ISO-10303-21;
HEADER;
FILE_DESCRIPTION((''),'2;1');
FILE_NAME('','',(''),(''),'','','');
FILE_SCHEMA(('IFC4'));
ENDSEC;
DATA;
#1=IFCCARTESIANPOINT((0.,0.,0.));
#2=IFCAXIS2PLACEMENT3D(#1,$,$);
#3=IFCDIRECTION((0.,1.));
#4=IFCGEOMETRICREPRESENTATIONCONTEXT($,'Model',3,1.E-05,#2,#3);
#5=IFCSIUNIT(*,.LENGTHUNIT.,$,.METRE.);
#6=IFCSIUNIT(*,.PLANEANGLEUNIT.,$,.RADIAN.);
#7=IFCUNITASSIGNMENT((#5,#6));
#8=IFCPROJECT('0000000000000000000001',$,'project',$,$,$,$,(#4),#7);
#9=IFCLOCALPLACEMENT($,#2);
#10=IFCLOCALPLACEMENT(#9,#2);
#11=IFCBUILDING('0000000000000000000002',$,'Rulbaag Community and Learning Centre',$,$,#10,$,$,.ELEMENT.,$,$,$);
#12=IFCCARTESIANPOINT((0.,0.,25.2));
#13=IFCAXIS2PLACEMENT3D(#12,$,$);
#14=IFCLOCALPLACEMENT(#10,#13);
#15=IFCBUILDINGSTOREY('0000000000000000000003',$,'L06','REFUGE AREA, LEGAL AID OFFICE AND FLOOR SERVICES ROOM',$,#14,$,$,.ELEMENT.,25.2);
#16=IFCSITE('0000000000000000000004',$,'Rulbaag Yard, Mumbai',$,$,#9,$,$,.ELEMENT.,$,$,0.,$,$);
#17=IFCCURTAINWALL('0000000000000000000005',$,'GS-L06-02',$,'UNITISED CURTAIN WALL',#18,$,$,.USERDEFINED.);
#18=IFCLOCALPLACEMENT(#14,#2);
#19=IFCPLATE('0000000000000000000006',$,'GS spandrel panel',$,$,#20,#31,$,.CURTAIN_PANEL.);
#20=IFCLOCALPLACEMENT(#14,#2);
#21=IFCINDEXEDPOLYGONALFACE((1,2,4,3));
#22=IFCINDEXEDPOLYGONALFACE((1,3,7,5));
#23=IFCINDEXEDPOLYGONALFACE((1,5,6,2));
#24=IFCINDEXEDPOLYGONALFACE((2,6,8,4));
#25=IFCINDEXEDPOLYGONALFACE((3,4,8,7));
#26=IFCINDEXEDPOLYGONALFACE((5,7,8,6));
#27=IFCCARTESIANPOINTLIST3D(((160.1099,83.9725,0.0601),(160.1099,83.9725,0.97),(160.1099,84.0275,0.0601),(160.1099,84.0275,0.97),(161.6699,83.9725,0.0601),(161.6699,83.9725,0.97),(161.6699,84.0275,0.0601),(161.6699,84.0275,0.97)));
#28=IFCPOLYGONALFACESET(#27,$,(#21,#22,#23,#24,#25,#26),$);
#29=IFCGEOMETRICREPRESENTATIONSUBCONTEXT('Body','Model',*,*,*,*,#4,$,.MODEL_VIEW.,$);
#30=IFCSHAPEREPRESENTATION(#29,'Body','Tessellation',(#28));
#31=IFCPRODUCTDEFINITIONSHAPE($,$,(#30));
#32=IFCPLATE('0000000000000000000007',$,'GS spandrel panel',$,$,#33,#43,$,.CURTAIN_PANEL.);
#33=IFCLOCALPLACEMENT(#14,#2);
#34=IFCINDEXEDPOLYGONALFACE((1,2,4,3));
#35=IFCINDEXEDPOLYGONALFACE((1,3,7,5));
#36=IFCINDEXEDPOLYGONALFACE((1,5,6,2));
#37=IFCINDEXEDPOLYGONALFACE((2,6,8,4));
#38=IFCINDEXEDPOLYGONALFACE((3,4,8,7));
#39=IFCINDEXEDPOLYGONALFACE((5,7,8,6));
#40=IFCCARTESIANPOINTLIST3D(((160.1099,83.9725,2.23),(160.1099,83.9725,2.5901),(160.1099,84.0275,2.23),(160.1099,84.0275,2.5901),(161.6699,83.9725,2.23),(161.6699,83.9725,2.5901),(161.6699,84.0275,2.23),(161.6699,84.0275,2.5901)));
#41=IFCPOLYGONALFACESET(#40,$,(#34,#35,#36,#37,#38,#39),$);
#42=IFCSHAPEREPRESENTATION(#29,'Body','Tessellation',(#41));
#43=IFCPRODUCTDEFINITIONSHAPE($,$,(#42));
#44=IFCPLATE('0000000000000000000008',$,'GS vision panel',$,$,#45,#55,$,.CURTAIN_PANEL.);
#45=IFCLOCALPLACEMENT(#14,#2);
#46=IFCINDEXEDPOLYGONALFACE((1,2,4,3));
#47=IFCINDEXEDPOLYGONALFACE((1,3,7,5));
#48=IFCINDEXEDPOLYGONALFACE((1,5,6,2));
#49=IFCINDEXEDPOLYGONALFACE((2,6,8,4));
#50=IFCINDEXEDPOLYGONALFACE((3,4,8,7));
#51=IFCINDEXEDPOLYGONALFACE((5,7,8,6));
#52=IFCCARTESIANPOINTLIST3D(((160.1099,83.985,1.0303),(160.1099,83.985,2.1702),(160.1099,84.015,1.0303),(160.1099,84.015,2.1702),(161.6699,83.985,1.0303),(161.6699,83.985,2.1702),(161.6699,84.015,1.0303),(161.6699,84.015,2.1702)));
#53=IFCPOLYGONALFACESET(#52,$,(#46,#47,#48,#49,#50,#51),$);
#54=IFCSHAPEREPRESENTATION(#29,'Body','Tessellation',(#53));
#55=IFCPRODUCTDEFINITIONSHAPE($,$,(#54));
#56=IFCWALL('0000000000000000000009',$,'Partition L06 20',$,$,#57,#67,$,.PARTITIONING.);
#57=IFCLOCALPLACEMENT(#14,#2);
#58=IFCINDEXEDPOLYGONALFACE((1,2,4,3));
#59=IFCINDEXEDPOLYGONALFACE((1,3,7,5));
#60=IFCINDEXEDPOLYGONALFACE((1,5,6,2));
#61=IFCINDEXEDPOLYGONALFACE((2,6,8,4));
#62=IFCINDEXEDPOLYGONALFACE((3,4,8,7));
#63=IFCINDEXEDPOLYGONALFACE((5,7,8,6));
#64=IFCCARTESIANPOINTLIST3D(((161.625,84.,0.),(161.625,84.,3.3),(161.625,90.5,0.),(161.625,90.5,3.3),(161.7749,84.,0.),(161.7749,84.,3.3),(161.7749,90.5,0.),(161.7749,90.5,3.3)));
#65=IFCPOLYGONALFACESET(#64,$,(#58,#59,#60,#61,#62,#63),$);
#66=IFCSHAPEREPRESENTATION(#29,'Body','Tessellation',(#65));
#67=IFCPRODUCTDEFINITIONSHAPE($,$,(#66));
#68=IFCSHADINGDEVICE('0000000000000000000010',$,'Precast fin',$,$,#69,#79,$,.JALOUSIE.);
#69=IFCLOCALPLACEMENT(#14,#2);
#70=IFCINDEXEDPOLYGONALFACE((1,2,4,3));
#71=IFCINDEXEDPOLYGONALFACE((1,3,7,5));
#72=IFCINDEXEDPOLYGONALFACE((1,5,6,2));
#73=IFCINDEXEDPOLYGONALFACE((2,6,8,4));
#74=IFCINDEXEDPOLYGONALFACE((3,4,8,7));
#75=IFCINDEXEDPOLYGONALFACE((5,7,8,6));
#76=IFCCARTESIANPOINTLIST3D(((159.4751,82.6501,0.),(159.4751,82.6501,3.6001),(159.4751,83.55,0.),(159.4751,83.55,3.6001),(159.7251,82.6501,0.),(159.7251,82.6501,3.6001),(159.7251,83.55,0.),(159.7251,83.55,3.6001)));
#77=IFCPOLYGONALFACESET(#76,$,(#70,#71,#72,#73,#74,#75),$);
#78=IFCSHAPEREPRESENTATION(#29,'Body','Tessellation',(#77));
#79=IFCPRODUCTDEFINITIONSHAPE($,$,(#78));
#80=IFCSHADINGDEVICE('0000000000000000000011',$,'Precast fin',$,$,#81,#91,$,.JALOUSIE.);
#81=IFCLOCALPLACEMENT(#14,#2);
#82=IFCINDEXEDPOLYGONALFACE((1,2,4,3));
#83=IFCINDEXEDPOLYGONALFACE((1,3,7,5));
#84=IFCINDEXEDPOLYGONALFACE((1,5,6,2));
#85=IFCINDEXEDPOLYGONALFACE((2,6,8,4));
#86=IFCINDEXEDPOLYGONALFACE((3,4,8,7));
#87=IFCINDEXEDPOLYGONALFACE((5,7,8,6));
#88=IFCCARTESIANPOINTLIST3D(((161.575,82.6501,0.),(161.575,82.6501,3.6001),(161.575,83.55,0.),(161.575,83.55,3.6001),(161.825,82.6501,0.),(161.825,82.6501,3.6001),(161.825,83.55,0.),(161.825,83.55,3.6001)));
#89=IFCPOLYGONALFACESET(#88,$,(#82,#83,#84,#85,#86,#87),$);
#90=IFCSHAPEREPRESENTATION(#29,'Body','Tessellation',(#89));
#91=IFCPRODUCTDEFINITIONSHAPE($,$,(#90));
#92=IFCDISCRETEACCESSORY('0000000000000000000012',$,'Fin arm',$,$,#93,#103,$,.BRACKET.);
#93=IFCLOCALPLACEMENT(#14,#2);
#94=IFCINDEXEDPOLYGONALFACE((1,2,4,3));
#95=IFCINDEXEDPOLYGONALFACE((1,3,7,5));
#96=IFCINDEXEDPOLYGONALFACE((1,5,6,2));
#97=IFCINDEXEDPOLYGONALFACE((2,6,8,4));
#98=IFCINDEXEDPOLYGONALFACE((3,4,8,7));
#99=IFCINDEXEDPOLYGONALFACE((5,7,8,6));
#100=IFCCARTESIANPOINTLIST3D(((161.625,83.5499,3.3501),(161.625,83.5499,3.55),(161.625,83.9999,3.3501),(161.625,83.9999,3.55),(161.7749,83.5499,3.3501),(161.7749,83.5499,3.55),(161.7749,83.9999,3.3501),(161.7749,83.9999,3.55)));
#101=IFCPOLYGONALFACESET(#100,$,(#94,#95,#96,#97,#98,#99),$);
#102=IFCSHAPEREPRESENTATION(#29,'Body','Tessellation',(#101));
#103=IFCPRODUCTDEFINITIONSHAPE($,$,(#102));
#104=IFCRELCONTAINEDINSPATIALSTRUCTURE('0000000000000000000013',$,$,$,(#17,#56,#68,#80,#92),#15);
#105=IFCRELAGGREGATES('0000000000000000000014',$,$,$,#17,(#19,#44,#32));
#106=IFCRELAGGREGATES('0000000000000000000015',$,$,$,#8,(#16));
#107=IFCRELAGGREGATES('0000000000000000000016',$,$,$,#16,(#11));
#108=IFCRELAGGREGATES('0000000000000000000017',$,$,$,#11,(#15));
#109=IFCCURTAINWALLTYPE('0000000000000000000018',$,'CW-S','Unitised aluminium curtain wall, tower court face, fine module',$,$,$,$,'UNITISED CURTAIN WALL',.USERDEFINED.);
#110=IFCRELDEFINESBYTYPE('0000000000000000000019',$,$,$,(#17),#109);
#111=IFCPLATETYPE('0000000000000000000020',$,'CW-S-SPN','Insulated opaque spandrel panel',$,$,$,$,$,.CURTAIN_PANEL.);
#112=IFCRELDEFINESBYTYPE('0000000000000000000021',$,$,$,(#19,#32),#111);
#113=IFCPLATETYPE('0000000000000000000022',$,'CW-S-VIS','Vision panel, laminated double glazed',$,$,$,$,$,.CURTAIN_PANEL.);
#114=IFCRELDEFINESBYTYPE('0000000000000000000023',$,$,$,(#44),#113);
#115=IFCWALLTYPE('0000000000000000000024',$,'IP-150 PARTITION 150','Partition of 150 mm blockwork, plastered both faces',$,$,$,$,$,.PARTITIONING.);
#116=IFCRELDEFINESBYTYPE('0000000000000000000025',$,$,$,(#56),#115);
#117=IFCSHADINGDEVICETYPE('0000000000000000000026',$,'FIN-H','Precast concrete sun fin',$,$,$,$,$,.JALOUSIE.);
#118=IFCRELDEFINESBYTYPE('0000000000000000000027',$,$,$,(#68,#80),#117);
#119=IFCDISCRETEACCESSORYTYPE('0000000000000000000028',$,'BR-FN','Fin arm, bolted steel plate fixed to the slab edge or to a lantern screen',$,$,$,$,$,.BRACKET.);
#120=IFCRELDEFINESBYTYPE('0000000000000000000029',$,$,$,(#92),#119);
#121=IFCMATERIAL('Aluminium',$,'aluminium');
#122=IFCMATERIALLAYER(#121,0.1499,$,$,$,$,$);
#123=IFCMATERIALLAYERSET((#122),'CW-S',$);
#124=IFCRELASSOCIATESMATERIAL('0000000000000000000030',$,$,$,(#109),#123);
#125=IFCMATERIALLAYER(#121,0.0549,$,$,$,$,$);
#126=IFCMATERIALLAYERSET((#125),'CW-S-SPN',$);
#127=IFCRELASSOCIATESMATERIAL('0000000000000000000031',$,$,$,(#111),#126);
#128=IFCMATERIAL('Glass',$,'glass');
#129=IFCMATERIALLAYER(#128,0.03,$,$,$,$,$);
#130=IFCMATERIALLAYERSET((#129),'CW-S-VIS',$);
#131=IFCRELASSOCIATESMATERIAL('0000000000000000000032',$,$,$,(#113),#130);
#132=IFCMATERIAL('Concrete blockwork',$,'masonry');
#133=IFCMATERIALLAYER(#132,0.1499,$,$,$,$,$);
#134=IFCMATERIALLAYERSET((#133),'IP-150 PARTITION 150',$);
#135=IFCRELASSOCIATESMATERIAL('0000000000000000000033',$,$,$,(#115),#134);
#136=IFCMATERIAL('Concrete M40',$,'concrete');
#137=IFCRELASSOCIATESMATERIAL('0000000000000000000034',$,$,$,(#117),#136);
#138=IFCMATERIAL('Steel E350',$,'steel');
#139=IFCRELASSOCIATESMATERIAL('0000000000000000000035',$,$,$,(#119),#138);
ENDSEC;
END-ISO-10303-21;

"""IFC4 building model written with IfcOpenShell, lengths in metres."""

from ifc_helpers import new_model, si_unit, direction, frame, frame_2d, origin, origin_2d, place, context, subcontext, project, spatial, rectangle, extrude, material, layer, layer_set, material_profile, profile_set, type_object, element, aggregate, save


model = new_model("IFC4")

# Units and contexts
model_context = context("Model", 3, precision=1e-05, world=origin(), true_north=direction((0.0, 1.0)))
body_context = subcontext(model_context, "Body", "Model", "MODEL_VIEW")
ifc_project = project(units=[si_unit("LENGTHUNIT", "METRE"), si_unit("PLANEANGLEUNIT", "RADIAN")], contexts=[model_context])

# Site, building, storey
site_placement = place(None, origin())
site = spatial("IfcSite", under=ifc_project, at=site_placement, Name="Rulbaag Yard, Mumbai", CompositionType="ELEMENT", RefElevation=0.0)
building_placement = place(site_placement, origin())
building = spatial("IfcBuilding", under=site, at=building_placement, Name="Rulbaag Community and Learning Centre", CompositionType="ELEMENT")
storey_placement = place(building_placement, frame((0.0, 0.0, 25.2)))
storey = spatial("IfcBuildingStorey", under=building, at=storey_placement, Name="L06", Description="REFUGE AREA, LEGAL AID OFFICE AND FLOOR SERVICES ROOM", CompositionType="ELEMENT", Elevation=25.2)

# Shared definitions
ifc_material_1 = material(Name="Concrete M40", Category="concrete")

# Shared definitions
ifc_material_2 = material(Name="Aluminium", Category="aluminium")
ifc_layer_1 = layer(ifc_material_2, 0.1499)
ifc_layer_set_1 = layer_set([ifc_layer_1], Name="CW-S")
curtain_wall_type = type_object("IfcCurtainWallType", Name="CW-S", Description="Unitised aluminium curtain wall, tower court face, fine module", ElementType="UNITISED CURTAIN WALL", PredefinedType="USERDEFINED", material=ifc_layer_set_1)

# Curtain wall
curtain_wall_1_placement = place(storey_placement, origin())
curtain_wall_1 = element("IfcCurtainWall", 1, at=curtain_wall_1_placement, inside=storey, type_object=curtain_wall_type, Name="GS-L06-02", ObjectType="UNITISED CURTAIN WALL", PredefinedType="USERDEFINED")

# Plates
ifc_layer_2 = layer(ifc_material_2, 0.0549)
ifc_layer_set_2 = layer_set([ifc_layer_2], Name="CW-S-SPN")
plate_type_1 = type_object("IfcPlateType", Name="CW-S-SPN", Description="Insulated opaque spandrel panel", PredefinedType="CURTAIN_PANEL", material=ifc_layer_set_2)
plate_1_placement = place(storey_placement, frame((160.8899, 84.0, 0.0601), z_axis=(0.0, 0.0, 1.0), x_axis=(1.0, 0.0, 0.0)))
plate_1 = element("IfcPlate", 2, at=plate_1_placement, type_object=plate_type_1, Name="GS spandrel panel", PredefinedType="CURTAIN_PANEL", context=body_context, shape_type="SweptSolid", body=[
    extrude(rectangle(XDim=1.5601, YDim=0.0549, at=origin_2d()), origin(), (0.0, 0.0, 1.0), 0.9099),
])
plate_2_placement = place(storey_placement, frame((160.8899, 84.0, 2.23), z_axis=(0.0, 0.0, 1.0), x_axis=(1.0, 0.0, 0.0)))
plate_2 = element("IfcPlate", 3, at=plate_2_placement, type_object=plate_type_1, Name="GS spandrel panel", PredefinedType="CURTAIN_PANEL", context=body_context, shape_type="SweptSolid", body=[
    extrude(rectangle(XDim=1.5601, YDim=0.0549, at=origin_2d()), origin(), (0.0, 0.0, 1.0), 0.3601),
])
ifc_material_3 = material(Name="Glass", Category="glass")
ifc_layer_3 = layer(ifc_material_3, 0.03)
ifc_layer_set_3 = layer_set([ifc_layer_3], Name="CW-S-VIS")
plate_type_2 = type_object("IfcPlateType", Name="CW-S-VIS", Description="Vision panel, laminated double glazed", PredefinedType="CURTAIN_PANEL", material=ifc_layer_set_3)
plate_3_placement = place(storey_placement, frame((160.8899, 84.0, 1.0303), z_axis=(0.0, 0.0, 1.0), x_axis=(1.0, 0.0, 0.0)))
plate_3 = element("IfcPlate", 4, at=plate_3_placement, type_object=plate_type_2, Name="GS vision panel", PredefinedType="CURTAIN_PANEL", context=body_context, shape_type="SweptSolid", body=[
    extrude(rectangle(XDim=1.5601, YDim=0.03, at=origin_2d()), origin(), (0.0, 0.0, 1.0), 1.1399),
])
aggregate(curtain_wall_1, [plate_1, plate_3, plate_2])

# Wall
ifc_material_4 = material(Name="Concrete blockwork", Category="masonry")
ifc_layer_4 = layer(ifc_material_4, 0.1499)
ifc_layer_set_4 = layer_set([ifc_layer_4], Name="IP-150 PARTITION 150")
wall_type = type_object("IfcWallType", Name="IP-150 PARTITION 150", Description="Partition of 150 mm blockwork, plastered both faces", PredefinedType="PARTITIONING", material=ifc_layer_set_4)
wall_placement = place(storey_placement, frame((161.7, 84.0, 0.0), z_axis=(0.0, 0.0, 1.0), x_axis=(0.0, 1.0, 0.0)))
element("IfcWall", 5, at=wall_placement, inside=storey, type_object=wall_type, Name="Partition L06 20", PredefinedType="PARTITIONING", context=body_context, shape_type="SweptSolid", body=[
    extrude(rectangle(XDim=6.5, YDim=0.1499, at=frame_2d((3.25, 0.0))), origin(), (0.0, 0.0, 1.0), 3.3),
])

# Shading devices
ifc_material_profile_1 = material_profile(ifc_material_1, rectangle(XDim=0.25, YDim=0.8999, at=origin_2d()), Name="PC 250x900")
ifc_profile_set_1 = profile_set([ifc_material_profile_1], Name="Concrete M40")
shading_device_type_1 = type_object("IfcShadingDeviceType", Name="FIN-H", Description="Precast concrete sun fin", PredefinedType="JALOUSIE", material=ifc_profile_set_1)
for number, where, z_axis, x_axis, name in (
    (6, (159.6001, 83.1001, 0.0), (0.0, 0.0, 1.0), (1.0, 0.0, 0.0), "Precast fin"),
    (7, (161.7, 83.1001, 0.0), (0.0, 0.0, 1.0), (1.0, 0.0, 0.0), "Precast fin"),
):
    element("IfcShadingDevice", number, at=place(storey_placement, frame(where, z_axis=z_axis, x_axis=x_axis)), inside=storey, type_object=shading_device_type_1, Name=name, PredefinedType="JALOUSIE", context=body_context, shape_type="SweptSolid", body=[
        extrude(rectangle(XDim=0.25, YDim=0.8999, at=origin_2d()), origin(), (0.0, 0.0, 1.0), 3.6001),
    ])

# Discrete accessory
ifc_material_5 = material(Name="Steel E350", Category="steel")
discrete_accessory_type = type_object("IfcDiscreteAccessoryType", Name="BR-FN", Description="Fin arm, bolted steel plate fixed to the slab edge or to a lantern screen", PredefinedType="BRACKET", material=ifc_material_5)
discrete_accessory_placement = place(storey_placement, frame((161.7, 83.7749, 3.3501), z_axis=(0.0, 0.0, 1.0), x_axis=(1.0, 0.0, 0.0)))
element("IfcDiscreteAccessory", 8, at=discrete_accessory_placement, inside=storey, type_object=discrete_accessory_type, Name="Fin arm", PredefinedType="BRACKET", context=body_context, shape_type="SweptSolid", body=[
    extrude(rectangle(XDim=0.1499, YDim=0.45, at=origin_2d()), origin(), (0.0, 0.0, 1.0), 0.2),
])

save(model, "model.ifc")
